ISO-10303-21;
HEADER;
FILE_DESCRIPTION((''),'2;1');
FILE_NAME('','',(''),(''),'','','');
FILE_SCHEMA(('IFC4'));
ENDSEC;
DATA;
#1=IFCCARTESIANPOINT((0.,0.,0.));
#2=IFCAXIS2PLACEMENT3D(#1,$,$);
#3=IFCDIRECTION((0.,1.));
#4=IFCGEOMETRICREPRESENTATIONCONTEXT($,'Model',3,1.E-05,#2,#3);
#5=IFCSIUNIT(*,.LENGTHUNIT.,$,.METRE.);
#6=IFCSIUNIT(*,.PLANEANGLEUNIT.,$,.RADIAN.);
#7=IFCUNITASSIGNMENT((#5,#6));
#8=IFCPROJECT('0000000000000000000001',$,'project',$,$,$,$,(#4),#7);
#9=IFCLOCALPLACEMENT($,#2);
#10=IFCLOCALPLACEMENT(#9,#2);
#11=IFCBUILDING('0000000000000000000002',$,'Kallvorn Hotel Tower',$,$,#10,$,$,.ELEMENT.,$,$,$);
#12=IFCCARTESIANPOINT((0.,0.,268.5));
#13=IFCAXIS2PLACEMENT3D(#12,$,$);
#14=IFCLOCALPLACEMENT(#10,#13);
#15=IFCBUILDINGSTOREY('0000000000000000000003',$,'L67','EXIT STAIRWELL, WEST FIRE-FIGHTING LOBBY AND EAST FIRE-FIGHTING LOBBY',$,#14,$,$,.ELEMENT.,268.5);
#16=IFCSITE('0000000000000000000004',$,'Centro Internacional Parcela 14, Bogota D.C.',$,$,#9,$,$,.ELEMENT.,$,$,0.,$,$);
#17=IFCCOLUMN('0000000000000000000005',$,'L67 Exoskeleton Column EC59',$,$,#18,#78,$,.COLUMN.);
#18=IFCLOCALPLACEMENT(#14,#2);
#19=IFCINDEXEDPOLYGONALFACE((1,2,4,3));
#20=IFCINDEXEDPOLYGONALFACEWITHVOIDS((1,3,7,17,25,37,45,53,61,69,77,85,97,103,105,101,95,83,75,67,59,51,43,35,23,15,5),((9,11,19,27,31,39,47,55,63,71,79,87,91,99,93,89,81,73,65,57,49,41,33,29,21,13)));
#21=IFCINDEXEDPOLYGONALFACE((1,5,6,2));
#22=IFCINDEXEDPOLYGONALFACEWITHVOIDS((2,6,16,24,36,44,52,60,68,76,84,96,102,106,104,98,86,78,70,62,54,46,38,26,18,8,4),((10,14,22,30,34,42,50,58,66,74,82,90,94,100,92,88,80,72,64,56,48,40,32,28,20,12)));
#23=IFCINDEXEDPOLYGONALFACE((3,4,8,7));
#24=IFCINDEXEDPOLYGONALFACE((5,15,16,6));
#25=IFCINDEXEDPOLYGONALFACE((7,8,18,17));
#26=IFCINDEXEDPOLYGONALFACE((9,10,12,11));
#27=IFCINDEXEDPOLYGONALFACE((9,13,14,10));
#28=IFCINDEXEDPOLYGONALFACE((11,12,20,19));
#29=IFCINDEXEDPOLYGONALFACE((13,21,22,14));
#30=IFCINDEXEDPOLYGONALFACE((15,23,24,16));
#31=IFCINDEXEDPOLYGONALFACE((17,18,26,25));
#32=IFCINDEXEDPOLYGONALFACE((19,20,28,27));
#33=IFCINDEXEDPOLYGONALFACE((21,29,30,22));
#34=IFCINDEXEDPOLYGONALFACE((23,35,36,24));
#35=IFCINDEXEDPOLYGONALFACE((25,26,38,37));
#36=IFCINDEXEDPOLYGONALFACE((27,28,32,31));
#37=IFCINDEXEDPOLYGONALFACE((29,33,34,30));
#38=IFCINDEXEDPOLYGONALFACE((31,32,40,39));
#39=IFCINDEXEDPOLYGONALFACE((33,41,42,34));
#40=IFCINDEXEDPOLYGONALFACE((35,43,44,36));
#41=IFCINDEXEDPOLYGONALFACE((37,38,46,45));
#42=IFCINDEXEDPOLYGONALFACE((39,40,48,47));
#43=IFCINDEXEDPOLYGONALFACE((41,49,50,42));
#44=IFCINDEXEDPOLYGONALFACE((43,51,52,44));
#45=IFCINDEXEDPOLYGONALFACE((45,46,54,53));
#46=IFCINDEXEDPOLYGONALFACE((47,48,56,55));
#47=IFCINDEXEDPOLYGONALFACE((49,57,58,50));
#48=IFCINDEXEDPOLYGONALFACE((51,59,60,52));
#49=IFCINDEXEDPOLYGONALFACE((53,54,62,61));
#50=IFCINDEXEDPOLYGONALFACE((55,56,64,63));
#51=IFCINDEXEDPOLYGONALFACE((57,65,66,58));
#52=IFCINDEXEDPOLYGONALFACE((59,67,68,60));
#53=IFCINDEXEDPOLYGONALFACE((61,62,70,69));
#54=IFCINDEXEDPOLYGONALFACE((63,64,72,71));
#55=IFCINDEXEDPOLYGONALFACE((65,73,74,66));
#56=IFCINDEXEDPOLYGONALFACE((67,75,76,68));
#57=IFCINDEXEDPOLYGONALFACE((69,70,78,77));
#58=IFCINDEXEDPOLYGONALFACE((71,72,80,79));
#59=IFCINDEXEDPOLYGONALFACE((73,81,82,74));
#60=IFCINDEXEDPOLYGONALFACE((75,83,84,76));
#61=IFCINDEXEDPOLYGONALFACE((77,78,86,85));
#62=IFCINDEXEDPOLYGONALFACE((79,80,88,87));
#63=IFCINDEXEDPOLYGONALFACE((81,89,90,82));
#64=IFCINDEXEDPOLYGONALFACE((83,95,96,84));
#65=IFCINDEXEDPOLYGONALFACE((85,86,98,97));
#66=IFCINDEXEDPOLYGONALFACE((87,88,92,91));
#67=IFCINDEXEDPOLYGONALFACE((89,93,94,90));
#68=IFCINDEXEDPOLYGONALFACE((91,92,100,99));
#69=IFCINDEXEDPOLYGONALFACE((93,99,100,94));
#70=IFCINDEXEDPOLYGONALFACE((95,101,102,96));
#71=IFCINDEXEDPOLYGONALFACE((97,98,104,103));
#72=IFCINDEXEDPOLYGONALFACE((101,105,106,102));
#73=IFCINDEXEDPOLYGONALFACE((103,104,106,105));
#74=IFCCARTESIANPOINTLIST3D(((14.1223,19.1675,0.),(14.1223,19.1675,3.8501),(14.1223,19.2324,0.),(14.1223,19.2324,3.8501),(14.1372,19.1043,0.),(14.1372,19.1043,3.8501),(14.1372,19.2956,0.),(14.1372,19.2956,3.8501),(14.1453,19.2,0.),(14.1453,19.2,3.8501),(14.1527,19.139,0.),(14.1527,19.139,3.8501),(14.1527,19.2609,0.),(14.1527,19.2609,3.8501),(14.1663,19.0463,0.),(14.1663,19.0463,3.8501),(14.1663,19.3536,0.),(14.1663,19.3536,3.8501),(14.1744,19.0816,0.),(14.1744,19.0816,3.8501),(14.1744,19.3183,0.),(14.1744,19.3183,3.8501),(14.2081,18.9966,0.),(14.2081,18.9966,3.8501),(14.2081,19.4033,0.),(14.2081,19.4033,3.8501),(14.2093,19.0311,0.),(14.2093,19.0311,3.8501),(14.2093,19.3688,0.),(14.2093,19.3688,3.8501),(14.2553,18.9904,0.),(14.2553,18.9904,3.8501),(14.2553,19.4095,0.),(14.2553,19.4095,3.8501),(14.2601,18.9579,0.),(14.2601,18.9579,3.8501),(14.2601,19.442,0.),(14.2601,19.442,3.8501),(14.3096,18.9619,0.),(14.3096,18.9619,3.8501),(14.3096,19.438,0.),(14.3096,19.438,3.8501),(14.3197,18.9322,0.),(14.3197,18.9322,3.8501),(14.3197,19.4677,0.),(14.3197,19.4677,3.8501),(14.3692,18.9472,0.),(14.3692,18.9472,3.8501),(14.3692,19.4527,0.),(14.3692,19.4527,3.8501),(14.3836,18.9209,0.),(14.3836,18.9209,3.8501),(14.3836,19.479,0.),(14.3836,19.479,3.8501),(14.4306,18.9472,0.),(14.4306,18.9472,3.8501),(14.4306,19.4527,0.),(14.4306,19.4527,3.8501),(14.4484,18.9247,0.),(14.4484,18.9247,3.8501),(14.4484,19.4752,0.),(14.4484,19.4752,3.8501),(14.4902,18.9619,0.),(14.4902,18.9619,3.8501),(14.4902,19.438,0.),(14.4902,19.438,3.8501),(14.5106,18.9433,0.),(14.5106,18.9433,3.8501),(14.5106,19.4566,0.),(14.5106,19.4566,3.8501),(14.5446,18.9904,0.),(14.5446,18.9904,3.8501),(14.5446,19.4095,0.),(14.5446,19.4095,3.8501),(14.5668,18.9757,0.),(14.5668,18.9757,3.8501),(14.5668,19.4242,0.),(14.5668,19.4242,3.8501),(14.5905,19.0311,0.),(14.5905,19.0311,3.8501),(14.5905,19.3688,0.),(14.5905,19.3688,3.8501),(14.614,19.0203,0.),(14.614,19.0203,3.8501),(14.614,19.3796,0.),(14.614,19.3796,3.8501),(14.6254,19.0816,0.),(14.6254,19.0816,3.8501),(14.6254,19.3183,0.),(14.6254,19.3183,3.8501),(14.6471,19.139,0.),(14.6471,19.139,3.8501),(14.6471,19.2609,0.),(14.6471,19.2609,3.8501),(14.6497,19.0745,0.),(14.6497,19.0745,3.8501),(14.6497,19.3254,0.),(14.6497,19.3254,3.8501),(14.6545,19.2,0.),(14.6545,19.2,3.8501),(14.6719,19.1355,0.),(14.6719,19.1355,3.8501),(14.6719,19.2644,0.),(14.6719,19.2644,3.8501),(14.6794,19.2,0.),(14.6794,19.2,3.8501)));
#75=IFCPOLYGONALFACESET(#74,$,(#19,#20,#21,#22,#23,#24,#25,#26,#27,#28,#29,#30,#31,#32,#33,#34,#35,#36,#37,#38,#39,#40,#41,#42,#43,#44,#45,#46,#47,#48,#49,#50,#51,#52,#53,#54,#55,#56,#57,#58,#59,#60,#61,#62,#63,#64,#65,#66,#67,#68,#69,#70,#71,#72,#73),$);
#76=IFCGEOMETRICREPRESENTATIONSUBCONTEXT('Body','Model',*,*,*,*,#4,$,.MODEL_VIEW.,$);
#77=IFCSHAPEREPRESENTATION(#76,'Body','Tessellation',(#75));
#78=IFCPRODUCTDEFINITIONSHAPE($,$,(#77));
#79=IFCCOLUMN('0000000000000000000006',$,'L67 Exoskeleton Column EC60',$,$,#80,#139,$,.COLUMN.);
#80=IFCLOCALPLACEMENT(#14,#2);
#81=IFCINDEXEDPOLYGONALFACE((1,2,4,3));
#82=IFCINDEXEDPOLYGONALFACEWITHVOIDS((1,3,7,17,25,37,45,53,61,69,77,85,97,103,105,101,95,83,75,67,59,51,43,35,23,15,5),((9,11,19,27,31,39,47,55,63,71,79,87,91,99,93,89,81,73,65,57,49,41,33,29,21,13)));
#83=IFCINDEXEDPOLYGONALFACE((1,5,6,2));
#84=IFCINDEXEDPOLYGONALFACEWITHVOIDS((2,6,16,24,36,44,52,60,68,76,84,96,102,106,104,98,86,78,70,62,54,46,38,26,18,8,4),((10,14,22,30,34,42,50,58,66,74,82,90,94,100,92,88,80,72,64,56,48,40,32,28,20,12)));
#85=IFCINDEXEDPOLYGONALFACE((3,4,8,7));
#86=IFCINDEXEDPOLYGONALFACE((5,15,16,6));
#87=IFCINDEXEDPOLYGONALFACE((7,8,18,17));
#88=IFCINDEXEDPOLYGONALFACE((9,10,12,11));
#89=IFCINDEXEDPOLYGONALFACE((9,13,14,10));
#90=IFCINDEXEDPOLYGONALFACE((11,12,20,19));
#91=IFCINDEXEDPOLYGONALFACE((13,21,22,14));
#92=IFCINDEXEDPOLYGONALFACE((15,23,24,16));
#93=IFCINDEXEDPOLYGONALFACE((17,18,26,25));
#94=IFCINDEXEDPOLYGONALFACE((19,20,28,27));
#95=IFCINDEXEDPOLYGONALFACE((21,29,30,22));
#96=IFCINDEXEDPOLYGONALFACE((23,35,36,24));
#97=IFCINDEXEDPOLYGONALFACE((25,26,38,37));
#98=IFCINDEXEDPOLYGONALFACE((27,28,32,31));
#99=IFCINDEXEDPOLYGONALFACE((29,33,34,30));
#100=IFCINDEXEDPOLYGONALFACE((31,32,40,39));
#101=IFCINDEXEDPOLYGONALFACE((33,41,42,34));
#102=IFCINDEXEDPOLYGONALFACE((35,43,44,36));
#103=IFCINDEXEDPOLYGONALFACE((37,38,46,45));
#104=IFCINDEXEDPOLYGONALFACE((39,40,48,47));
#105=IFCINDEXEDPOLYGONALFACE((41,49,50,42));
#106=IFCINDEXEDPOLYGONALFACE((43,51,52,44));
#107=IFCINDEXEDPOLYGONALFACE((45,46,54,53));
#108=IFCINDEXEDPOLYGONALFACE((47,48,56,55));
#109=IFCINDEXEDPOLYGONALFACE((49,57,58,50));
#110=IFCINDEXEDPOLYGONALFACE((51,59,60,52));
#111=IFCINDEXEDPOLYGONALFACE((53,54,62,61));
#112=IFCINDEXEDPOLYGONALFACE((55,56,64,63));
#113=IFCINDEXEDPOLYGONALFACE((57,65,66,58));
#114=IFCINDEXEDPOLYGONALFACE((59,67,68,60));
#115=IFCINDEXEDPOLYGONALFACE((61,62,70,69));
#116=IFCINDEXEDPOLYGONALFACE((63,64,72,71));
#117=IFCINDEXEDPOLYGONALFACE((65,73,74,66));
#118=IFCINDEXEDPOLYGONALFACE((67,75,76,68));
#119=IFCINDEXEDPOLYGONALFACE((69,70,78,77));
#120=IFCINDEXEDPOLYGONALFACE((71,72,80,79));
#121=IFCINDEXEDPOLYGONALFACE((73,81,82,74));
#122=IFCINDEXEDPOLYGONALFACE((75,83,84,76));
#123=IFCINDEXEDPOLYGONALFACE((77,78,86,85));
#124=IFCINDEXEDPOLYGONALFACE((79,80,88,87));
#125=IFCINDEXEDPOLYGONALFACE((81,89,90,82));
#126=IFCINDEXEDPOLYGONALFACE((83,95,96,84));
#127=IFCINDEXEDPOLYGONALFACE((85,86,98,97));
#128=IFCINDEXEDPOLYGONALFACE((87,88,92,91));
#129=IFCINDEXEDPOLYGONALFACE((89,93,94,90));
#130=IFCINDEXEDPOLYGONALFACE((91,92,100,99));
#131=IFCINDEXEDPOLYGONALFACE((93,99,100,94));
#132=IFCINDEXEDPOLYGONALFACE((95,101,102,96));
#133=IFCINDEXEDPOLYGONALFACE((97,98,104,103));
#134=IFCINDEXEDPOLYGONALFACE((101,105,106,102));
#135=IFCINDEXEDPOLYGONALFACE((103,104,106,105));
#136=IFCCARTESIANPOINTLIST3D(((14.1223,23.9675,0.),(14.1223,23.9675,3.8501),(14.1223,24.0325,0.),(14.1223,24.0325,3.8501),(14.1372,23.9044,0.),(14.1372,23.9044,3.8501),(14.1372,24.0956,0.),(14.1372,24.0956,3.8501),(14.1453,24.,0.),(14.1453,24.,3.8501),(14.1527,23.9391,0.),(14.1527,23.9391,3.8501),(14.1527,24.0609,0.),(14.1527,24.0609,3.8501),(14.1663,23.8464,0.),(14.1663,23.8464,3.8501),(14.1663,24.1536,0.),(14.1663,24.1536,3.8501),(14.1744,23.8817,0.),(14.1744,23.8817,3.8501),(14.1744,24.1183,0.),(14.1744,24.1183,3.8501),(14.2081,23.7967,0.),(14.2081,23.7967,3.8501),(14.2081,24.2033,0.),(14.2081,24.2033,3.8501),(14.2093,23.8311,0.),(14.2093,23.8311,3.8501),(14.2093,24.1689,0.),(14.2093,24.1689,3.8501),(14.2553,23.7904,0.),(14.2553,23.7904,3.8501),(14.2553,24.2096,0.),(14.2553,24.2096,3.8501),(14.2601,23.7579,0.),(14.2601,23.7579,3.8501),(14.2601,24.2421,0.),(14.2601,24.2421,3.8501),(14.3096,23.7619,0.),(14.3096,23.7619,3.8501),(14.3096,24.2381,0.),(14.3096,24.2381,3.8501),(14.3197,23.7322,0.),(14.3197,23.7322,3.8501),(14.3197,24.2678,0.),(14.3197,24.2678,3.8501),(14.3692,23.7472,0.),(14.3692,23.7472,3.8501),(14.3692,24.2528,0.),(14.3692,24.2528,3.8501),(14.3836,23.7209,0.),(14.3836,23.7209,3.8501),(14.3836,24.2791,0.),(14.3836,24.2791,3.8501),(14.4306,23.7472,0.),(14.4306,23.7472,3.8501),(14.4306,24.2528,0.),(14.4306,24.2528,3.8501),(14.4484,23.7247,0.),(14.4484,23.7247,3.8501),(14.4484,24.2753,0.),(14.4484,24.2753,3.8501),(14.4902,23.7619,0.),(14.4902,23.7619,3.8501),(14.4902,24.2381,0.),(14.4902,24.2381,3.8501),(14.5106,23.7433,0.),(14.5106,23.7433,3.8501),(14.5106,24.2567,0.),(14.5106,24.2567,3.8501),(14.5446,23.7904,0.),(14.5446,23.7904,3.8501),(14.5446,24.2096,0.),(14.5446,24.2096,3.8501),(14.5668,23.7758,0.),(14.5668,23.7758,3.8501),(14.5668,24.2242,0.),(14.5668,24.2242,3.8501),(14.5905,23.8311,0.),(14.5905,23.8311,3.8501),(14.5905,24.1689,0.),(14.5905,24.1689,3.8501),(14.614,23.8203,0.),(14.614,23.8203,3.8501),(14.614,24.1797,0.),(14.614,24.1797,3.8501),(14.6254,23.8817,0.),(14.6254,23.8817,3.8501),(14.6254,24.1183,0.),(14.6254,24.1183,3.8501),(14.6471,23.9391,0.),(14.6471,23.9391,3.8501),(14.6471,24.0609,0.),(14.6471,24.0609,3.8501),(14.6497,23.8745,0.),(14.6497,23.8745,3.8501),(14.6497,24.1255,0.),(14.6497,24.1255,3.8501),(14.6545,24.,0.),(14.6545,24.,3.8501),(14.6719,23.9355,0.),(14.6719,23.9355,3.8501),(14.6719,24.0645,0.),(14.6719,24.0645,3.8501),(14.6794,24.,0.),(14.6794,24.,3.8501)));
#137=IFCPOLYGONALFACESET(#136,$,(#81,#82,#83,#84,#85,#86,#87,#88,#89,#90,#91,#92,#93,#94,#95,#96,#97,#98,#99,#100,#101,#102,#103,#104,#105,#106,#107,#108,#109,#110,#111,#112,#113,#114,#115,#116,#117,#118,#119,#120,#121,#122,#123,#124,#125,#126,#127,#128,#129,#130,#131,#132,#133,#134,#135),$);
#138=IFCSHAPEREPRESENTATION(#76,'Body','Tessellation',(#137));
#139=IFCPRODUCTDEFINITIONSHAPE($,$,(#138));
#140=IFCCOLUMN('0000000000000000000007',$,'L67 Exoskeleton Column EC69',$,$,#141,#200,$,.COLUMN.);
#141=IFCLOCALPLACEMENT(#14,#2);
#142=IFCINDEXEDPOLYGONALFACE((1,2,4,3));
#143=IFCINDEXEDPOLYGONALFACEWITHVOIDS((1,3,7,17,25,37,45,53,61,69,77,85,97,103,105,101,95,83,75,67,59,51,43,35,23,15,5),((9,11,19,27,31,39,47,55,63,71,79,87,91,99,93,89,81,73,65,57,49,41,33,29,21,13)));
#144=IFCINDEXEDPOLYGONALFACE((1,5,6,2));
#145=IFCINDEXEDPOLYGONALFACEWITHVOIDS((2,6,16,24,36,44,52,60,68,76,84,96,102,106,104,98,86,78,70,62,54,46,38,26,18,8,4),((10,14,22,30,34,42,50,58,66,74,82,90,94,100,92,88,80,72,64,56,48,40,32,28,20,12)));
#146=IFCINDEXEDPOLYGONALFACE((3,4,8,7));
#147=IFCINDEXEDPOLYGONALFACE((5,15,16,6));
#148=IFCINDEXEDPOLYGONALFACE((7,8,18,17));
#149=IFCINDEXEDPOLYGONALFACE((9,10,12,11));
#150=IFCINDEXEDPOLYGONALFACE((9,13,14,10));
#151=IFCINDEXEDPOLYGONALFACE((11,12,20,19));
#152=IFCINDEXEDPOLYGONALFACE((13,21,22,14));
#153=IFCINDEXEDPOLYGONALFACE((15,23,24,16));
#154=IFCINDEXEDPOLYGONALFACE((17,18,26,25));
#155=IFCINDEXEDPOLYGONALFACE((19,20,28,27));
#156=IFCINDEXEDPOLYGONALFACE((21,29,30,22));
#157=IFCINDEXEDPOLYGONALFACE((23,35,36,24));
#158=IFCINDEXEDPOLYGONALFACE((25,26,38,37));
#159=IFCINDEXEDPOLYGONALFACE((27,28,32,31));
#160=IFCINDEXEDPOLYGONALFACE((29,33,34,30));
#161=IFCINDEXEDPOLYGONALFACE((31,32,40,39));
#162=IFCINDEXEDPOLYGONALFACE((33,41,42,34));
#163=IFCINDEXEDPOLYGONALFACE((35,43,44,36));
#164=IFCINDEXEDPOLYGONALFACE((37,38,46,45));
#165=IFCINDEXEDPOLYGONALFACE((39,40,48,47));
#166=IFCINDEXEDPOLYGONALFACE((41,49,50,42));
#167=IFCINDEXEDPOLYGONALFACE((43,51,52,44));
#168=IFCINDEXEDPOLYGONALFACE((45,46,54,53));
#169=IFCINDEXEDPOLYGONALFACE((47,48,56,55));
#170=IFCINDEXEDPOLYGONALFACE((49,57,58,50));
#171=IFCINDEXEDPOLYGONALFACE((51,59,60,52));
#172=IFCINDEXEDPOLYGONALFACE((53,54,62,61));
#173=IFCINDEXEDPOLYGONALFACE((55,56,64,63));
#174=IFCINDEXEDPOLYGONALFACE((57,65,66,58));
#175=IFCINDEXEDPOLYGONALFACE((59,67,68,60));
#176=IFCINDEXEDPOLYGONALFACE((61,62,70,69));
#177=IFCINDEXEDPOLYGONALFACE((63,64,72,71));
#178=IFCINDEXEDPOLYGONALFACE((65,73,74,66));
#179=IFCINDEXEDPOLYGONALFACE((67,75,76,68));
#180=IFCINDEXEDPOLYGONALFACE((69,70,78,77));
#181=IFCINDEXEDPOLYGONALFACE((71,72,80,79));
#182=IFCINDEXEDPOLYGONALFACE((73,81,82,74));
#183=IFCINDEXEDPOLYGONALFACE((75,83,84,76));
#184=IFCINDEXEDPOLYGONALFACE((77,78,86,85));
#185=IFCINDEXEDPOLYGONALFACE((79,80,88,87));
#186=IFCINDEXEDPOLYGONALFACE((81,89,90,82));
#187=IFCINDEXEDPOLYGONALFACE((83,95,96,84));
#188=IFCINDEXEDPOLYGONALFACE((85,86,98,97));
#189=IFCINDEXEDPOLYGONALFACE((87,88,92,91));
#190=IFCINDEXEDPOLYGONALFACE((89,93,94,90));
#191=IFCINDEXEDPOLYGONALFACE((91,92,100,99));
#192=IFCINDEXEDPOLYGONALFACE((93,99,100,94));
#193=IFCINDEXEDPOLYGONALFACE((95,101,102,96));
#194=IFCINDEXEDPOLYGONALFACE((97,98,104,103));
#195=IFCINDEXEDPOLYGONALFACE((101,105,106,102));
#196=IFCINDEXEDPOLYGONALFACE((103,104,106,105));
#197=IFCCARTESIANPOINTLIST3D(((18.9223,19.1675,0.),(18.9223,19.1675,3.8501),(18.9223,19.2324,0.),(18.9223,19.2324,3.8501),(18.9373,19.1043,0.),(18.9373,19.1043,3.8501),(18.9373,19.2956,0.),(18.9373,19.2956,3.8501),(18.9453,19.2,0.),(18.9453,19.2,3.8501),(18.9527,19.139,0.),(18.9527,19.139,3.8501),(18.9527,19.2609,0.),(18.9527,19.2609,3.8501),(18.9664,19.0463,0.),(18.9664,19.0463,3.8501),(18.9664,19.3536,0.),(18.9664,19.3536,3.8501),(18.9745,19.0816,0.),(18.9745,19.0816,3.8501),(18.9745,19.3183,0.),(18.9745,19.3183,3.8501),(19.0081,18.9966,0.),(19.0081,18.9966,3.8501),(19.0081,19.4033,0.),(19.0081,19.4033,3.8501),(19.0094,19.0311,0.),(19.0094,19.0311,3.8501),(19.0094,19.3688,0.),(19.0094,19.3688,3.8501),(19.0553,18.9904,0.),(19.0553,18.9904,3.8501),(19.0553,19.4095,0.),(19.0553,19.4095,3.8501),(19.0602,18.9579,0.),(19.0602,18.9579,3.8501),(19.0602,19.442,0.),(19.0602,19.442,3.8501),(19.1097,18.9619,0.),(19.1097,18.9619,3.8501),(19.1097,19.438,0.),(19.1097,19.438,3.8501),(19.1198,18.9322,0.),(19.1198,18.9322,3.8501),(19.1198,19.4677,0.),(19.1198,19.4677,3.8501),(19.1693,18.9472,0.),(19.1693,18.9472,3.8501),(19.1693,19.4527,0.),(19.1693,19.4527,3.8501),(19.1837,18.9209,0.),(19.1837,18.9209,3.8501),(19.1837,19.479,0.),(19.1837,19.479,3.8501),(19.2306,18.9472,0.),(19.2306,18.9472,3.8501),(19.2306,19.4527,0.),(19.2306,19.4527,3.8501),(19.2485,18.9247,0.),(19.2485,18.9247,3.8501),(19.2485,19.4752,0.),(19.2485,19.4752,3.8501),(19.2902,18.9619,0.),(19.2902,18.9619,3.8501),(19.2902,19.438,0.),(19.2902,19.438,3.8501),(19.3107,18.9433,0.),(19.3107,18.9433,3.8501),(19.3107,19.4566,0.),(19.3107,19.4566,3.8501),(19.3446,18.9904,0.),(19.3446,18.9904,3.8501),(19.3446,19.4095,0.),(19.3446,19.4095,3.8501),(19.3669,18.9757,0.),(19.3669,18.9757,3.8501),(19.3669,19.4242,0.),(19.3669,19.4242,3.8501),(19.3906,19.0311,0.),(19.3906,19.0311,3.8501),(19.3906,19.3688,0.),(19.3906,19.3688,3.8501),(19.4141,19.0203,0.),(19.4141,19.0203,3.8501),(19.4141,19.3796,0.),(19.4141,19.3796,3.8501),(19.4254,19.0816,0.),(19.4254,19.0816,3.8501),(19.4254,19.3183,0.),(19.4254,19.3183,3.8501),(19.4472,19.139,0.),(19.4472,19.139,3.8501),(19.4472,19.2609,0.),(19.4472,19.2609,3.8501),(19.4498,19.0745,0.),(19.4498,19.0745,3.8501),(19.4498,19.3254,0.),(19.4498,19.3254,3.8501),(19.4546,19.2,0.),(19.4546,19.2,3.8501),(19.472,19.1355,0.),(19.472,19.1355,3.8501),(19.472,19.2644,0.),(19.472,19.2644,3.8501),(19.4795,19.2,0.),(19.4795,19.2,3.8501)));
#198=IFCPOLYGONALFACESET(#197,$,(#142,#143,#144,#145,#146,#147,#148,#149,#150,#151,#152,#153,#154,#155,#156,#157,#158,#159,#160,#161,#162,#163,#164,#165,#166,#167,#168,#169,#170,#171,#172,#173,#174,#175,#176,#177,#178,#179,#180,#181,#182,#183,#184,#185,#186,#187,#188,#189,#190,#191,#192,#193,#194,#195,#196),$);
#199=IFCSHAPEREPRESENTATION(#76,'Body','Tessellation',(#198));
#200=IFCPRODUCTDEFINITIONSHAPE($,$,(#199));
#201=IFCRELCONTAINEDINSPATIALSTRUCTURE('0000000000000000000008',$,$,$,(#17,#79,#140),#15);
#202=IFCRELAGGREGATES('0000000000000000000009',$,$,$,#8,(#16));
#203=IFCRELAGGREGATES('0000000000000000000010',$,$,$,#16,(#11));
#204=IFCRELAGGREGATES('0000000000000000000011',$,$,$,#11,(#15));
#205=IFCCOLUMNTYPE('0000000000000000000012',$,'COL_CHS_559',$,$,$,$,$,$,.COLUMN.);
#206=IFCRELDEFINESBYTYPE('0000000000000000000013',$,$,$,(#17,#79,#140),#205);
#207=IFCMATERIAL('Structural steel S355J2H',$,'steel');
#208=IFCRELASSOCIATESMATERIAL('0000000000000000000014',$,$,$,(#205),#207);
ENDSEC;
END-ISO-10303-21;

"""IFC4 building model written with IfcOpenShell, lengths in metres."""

from ifc_helpers import new_model, si_unit, direction, frame, origin, origin_2d, place, context, subcontext, project, spatial, hollow_circle, extrude, material, material_profile, profile_set, type_object, element, save


model = new_model("IFC4")

# Units and contexts
model_context = context("Model", 3, precision=1e-05, world=origin(), true_north=direction((0.0, 1.0)))
body_context = subcontext(model_context, "Body", "Model", "MODEL_VIEW")
ifc_project = project(units=[si_unit("LENGTHUNIT", "METRE"), si_unit("PLANEANGLEUNIT", "RADIAN")], contexts=[model_context])

# Site, building, storey
site_placement = place(None, origin())
site = spatial("IfcSite", under=ifc_project, at=site_placement, Name="Centro Internacional Parcela 14, Bogota D.C.", CompositionType="ELEMENT", RefElevation=0.0)
building_placement = place(site_placement, origin())
building = spatial("IfcBuilding", under=site, at=building_placement, Name="Kallvorn Hotel Tower", CompositionType="ELEMENT")
storey_placement = place(building_placement, frame((0.0, 0.0, 268.5)))
storey = spatial("IfcBuildingStorey", under=building, at=storey_placement, Name="L67", Description="EXIT STAIRWELL, WEST FIRE-FIGHTING LOBBY AND EAST FIRE-FIGHTING LOBBY", CompositionType="ELEMENT", Elevation=268.5)

# Columns
ifc_material_1 = material(Name="Structural steel S355J2H", Category="steel")
ifc_material_profile_1 = material_profile(ifc_material_1, hollow_circle(Radius=0.2795, WallThickness=0.0249, at=origin_2d()), Name="CHS 559x25")
ifc_profile_set_1 = profile_set([ifc_material_profile_1], Name="Structural steel S355J2H")
column_type = type_object("IfcColumnType", Name="COL_CHS_559", PredefinedType="COLUMN", material=ifc_profile_set_1)
for number, where, z_axis, x_axis, name in (
    (1, (14.3999, 19.2, 0.0), (0.0, 0.0, 1.0), (1.0, 0.0, 0.0), "L67 Exoskeleton Column EC59"),
    (2, (14.3999, 24.0, 0.0), (0.0, 0.0, 1.0), (1.0, 0.0, 0.0), "L67 Exoskeleton Column EC60"),
    (3, (19.2, 19.2, 0.0), (0.0, 0.0, 1.0), (1.0, 0.0, 0.0), "L67 Exoskeleton Column EC69"),
):
    element("IfcColumn", number, at=place(storey_placement, frame(where, z_axis=z_axis, x_axis=x_axis)), inside=storey, type_object=column_type, Name=name, PredefinedType="COLUMN", context=body_context, shape_type="SweptSolid", body=[
        extrude(hollow_circle(Radius=0.2795, WallThickness=0.0249, at=origin_2d()), origin(), (0.0, 0.0, 1.0), 3.8501),
    ])

save(model, "model.ifc")
